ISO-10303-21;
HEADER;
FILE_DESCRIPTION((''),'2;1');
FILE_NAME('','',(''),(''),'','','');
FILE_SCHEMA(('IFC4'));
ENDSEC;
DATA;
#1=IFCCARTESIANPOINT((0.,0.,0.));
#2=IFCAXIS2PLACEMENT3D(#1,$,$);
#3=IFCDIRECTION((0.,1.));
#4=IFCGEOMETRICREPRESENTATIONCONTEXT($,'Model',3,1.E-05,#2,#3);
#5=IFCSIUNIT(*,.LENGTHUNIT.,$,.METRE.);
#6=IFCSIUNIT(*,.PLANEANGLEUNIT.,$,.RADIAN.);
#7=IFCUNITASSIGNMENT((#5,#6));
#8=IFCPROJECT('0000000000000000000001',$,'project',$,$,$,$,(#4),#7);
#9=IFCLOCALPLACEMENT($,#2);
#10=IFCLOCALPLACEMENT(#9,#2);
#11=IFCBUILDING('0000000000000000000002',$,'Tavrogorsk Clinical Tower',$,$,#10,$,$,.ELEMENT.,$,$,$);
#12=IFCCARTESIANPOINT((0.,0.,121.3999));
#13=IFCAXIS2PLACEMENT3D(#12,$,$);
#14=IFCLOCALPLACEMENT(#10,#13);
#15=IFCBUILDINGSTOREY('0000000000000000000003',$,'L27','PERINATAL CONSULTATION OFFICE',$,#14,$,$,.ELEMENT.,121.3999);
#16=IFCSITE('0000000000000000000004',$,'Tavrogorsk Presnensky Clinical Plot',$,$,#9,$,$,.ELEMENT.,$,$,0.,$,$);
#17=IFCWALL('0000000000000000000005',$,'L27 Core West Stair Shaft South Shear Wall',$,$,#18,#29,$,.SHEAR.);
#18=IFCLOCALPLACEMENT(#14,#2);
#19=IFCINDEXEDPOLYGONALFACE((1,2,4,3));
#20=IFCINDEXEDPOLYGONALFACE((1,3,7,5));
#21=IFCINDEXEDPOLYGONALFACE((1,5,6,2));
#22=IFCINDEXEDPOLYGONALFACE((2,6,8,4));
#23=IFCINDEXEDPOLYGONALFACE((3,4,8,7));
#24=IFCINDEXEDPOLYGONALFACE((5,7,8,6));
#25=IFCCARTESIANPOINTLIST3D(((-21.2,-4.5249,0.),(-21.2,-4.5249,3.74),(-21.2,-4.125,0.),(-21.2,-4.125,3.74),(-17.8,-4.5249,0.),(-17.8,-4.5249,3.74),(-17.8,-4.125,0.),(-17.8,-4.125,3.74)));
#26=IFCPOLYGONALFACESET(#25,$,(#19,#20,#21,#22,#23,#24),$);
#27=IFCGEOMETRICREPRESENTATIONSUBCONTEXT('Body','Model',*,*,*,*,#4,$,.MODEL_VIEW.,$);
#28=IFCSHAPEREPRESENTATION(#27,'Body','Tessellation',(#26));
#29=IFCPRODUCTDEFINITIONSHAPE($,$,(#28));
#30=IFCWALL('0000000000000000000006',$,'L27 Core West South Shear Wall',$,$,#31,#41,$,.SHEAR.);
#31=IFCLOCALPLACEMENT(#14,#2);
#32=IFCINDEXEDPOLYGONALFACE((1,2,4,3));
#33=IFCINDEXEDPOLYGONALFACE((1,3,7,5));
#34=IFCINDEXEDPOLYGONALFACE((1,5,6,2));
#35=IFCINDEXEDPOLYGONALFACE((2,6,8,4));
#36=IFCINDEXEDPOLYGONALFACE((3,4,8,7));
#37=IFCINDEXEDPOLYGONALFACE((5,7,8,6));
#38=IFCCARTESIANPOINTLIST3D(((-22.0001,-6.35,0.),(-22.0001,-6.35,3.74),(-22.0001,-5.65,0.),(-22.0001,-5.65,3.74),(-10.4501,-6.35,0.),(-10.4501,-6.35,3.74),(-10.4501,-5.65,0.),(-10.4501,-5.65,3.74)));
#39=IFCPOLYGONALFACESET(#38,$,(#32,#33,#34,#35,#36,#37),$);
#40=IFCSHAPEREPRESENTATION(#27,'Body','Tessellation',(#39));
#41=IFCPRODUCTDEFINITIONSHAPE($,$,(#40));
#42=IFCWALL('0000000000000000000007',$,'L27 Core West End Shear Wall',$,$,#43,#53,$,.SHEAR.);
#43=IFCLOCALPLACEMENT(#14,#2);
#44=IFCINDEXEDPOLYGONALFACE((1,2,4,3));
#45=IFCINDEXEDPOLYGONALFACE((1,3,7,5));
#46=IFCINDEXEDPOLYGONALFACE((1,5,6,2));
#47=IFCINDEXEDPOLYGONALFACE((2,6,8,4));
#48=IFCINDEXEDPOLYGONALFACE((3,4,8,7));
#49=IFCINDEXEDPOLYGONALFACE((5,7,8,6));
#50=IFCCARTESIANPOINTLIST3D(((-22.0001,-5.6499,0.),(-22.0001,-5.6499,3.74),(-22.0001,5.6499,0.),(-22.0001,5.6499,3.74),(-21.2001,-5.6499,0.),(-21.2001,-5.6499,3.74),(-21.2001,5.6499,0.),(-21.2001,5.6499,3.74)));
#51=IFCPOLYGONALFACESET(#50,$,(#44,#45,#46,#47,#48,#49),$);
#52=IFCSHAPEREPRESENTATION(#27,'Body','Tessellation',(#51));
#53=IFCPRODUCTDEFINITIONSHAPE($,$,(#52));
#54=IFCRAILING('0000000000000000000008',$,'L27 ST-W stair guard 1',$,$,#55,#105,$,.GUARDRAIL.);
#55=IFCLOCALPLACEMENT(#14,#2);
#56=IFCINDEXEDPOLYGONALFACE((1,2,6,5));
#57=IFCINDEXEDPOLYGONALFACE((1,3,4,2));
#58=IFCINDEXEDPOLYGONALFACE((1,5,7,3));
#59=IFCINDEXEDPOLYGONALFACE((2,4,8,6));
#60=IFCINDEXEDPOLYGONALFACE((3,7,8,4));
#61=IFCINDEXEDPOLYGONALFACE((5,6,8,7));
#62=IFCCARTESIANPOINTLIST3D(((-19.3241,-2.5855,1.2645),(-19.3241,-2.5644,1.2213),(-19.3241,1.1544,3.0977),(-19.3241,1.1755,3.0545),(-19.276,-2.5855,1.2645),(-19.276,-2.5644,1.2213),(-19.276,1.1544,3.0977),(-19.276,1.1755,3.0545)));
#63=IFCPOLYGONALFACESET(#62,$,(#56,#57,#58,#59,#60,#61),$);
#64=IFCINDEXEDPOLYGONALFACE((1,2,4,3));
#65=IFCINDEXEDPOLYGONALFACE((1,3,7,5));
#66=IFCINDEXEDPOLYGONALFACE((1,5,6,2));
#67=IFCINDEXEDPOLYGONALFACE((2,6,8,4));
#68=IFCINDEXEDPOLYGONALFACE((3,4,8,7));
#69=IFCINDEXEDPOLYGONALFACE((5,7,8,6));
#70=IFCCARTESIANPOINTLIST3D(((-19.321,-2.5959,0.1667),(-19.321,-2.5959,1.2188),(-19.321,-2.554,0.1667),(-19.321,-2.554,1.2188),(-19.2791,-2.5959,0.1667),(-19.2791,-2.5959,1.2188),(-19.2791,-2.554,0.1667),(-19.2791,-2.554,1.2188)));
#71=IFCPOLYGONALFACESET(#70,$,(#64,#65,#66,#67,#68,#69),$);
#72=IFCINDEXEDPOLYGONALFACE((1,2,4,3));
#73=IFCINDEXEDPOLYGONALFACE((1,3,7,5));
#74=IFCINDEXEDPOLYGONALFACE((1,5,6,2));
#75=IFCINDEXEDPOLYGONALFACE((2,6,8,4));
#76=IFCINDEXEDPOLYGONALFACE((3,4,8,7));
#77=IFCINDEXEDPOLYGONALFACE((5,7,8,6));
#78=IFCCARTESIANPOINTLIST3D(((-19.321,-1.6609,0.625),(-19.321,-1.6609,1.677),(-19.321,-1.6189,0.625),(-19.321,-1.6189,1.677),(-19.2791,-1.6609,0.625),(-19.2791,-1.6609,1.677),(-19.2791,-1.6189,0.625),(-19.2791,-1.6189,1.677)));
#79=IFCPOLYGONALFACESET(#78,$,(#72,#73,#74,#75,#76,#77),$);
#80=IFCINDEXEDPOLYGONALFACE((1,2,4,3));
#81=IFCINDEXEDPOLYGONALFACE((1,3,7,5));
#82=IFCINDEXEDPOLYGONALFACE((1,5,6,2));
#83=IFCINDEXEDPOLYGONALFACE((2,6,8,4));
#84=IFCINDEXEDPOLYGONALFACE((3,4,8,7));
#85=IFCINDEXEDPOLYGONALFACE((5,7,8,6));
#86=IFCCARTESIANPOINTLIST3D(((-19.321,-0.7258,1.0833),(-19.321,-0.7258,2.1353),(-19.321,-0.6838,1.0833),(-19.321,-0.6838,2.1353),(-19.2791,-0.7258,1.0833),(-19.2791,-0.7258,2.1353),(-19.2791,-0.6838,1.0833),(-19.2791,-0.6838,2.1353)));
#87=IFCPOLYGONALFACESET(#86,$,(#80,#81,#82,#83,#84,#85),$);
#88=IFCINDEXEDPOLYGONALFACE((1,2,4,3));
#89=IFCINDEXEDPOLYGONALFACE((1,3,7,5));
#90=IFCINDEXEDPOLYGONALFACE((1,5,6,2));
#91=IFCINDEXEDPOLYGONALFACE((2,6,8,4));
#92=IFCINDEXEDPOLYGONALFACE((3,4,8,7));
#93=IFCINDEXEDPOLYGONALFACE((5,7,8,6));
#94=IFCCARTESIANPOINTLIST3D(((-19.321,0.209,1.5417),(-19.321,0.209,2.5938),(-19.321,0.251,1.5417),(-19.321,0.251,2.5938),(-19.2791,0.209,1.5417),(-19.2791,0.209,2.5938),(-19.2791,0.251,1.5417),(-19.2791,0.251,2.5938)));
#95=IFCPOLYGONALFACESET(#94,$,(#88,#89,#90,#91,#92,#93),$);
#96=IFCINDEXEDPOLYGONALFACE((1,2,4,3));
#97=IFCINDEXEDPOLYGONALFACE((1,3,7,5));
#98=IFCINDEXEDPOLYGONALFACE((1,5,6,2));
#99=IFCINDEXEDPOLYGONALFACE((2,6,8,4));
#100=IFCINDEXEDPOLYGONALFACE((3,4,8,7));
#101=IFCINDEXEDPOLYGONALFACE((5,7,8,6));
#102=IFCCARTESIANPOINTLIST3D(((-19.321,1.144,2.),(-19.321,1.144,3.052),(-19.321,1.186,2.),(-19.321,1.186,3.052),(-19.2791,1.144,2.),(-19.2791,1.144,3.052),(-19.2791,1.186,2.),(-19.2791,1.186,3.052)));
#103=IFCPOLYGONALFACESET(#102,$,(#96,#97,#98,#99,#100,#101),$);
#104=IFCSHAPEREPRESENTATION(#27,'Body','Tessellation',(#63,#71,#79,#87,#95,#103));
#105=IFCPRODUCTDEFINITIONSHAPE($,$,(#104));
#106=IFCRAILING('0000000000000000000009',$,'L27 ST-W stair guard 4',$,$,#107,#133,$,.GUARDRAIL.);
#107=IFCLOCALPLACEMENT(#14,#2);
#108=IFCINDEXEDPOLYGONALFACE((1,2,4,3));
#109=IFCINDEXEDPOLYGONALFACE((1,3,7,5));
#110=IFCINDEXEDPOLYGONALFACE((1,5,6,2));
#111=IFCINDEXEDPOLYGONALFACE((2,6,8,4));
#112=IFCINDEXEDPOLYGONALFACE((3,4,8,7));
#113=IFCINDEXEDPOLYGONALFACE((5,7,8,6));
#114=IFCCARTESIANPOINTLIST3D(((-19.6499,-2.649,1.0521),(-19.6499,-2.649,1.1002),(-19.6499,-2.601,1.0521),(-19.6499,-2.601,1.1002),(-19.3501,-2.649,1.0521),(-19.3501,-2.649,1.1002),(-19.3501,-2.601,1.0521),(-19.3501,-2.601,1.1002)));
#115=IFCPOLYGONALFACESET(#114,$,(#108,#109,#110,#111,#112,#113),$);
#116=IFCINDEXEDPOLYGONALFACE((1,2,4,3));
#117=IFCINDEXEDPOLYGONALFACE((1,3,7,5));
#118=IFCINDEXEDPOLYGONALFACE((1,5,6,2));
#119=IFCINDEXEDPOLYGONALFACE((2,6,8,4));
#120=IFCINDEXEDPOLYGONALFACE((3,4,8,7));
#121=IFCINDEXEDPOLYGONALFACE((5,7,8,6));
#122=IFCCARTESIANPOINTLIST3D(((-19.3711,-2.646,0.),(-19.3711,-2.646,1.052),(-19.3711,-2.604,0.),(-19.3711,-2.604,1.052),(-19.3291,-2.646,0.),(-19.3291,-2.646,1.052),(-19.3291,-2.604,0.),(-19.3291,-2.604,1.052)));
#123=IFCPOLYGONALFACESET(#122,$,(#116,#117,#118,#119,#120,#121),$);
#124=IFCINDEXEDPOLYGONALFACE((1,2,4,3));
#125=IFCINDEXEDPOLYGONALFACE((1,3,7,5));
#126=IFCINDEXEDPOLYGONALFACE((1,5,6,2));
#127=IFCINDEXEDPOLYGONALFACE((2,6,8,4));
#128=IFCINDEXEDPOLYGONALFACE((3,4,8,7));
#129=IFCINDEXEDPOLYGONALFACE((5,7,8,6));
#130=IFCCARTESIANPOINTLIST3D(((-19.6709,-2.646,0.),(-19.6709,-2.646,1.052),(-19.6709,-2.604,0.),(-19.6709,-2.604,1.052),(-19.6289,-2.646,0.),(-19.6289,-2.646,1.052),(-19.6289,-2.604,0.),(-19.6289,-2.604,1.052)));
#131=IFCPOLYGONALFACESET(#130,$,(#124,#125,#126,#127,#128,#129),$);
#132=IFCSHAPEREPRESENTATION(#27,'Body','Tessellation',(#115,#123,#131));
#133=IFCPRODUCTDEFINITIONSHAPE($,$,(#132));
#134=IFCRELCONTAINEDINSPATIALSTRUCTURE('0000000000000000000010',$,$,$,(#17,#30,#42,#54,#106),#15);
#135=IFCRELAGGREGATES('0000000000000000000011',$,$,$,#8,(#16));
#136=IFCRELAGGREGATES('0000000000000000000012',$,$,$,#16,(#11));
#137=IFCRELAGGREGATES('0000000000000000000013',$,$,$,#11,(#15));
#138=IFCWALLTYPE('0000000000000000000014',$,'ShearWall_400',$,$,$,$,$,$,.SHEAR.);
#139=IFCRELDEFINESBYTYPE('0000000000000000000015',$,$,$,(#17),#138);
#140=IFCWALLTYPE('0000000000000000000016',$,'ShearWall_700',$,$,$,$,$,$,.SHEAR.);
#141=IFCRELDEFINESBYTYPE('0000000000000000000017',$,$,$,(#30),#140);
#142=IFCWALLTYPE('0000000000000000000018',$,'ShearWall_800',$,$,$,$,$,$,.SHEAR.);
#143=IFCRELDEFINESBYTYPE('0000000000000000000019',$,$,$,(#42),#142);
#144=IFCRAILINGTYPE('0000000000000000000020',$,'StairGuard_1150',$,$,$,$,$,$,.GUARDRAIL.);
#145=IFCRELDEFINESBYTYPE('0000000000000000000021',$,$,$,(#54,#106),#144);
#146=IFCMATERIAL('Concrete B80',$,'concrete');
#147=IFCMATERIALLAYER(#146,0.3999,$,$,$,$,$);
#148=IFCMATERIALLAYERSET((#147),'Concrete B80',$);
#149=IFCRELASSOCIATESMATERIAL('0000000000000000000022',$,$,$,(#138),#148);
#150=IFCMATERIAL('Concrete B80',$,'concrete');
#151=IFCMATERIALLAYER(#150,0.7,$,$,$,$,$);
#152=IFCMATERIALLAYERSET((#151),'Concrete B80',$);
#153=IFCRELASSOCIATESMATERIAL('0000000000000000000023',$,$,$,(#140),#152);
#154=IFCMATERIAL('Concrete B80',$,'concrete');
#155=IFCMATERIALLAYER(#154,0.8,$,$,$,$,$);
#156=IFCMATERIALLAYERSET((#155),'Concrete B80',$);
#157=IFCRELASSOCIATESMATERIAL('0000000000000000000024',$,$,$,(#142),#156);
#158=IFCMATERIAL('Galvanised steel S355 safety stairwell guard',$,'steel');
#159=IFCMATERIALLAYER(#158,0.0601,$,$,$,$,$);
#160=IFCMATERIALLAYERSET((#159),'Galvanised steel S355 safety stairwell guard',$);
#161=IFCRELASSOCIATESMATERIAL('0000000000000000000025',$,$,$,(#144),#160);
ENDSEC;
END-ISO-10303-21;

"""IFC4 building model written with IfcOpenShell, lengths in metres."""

from ifc_helpers import new_model, si_unit, direction, frame, frame_2d, origin, origin_2d, place, context, subcontext, project, spatial, rectangle, extrude, material, layer, layer_set, type_object, element, save


model = new_model("IFC4")

# Units and contexts
model_context = context("Model", 3, precision=1e-05, world=origin(), true_north=direction((0.0, 1.0)))
body_context = subcontext(model_context, "Body", "Model", "MODEL_VIEW")
ifc_project = project(units=[si_unit("LENGTHUNIT", "METRE"), si_unit("PLANEANGLEUNIT", "RADIAN")], contexts=[model_context])

# Site, building, storey
site_placement = place(None, origin())
site = spatial("IfcSite", under=ifc_project, at=site_placement, Name="Tavrogorsk Presnensky Clinical Plot", CompositionType="ELEMENT", RefElevation=0.0)
building_placement = place(site_placement, origin())
building = spatial("IfcBuilding", under=site, at=building_placement, Name="Tavrogorsk Clinical Tower", CompositionType="ELEMENT")
storey_placement = place(building_placement, frame((0.0, 0.0, 121.3999)))
storey = spatial("IfcBuildingStorey", under=building, at=storey_placement, Name="L27", Description="PERINATAL CONSULTATION OFFICE", CompositionType="ELEMENT", Elevation=121.3999)

# Walls
ifc_material_1 = material(Name="Concrete B80", Category="concrete")
ifc_layer_1 = layer(ifc_material_1, 0.3999)
ifc_layer_set_1 = layer_set([ifc_layer_1], Name="Concrete B80")
wall_type_1 = type_object("IfcWallType", Name="ShearWall_400", PredefinedType="SHEAR", material=ifc_layer_set_1)
wall_1_placement = place(storey_placement, frame((-21.2, -4.325, 0.0), z_axis=(0.0, 0.0, 1.0), x_axis=(1.0, 0.0, 0.0)))
element("IfcWall", 1, at=wall_1_placement, inside=storey, type_object=wall_type_1, Name="L27 Core West Stair Shaft South Shear Wall", PredefinedType="SHEAR", context=body_context, shape_type="SweptSolid", body=[
    extrude(rectangle(XDim=3.3999, YDim=0.3999, at=frame_2d((1.7, 0.0))), origin(), (0.0, 0.0, 1.0), 3.74),
])
ifc_material_2 = material(Name="Concrete B80", Category="concrete")
ifc_layer_2 = layer(ifc_material_2, 0.7)
ifc_layer_set_2 = layer_set([ifc_layer_2], Name="Concrete B80")
wall_type_2 = type_object("IfcWallType", Name="ShearWall_700", PredefinedType="SHEAR", material=ifc_layer_set_2)
wall_2_placement = place(storey_placement, frame((-22.0, -6.0, 0.0), z_axis=(0.0, 0.0, 1.0), x_axis=(1.0, 0.0, 0.0)))
element("IfcWall", 2, at=wall_2_placement, inside=storey, type_object=wall_type_2, Name="L27 Core West South Shear Wall", PredefinedType="SHEAR", context=body_context, shape_type="SweptSolid", body=[
    extrude(rectangle(XDim=11.55, YDim=0.7, at=frame_2d((5.7749, 0.0))), origin(), (0.0, 0.0, 1.0), 3.74),
])
ifc_material_3 = material(Name="Concrete B80", Category="concrete")
ifc_layer_3 = layer(ifc_material_3, 0.8)
ifc_layer_set_3 = layer_set([ifc_layer_3], Name="Concrete B80")
wall_type_3 = type_object("IfcWallType", Name="ShearWall_800", PredefinedType="SHEAR", material=ifc_layer_set_3)
wall_3_placement = place(storey_placement, frame((-21.6001, -5.6499, 0.0), z_axis=(0.0, 0.0, 1.0), x_axis=(0.0, 1.0, 0.0)))
element("IfcWall", 3, at=wall_3_placement, inside=storey, type_object=wall_type_3, Name="L27 Core West End Shear Wall", PredefinedType="SHEAR", context=body_context, shape_type="SweptSolid", body=[
    extrude(rectangle(XDim=11.2998, YDim=0.8, at=frame_2d((5.6499, 0.0))), origin(), (0.0, 0.0, 1.0), 3.74),
])

# Railings
ifc_material_4 = material(Name="Galvanised steel S355 safety stairwell guard", Category="steel")
ifc_layer_4 = layer(ifc_material_4, 0.0601)
ifc_layer_set_4 = layer_set([ifc_layer_4], Name="Galvanised steel S355 safety stairwell guard")
railing_type = type_object("IfcRailingType", Name="StairGuard_1150", PredefinedType="GUARDRAIL", material=ifc_layer_set_4)
railing_1_placement = place(storey_placement, frame((-19.3, -2.575, 0.1667)))
element("IfcRailing", 4, at=railing_1_placement, inside=storey, type_object=railing_type, Name="L27 ST-W stair guard 1", PredefinedType="GUARDRAIL", context=body_context, shape_type="SweptSolid", body=[
    extrude(rectangle(XDim=0.0481, YDim=0.0481, at=origin_2d()), frame((0.0, 0.0, 1.0762), z_axis=(0.0, 0.897928, 0.440142), x_axis=(-1.0, 0.0, 0.0)), (0.0, 0.0, 1.0), 4.165),
    extrude(rectangle(XDim=0.042, YDim=0.042, at=origin_2d()), origin(), (0.0, 0.0, 1.0), 1.052),
    extrude(rectangle(XDim=0.042, YDim=0.042, at=origin_2d()), frame((0.0, 0.9351, 0.4583)), (0.0, 0.0, 1.0), 1.052),
    extrude(rectangle(XDim=0.042, YDim=0.042, at=origin_2d()), frame((0.0, 1.8701, 0.9165)), (0.0, 0.0, 1.0), 1.052),
    extrude(rectangle(XDim=0.042, YDim=0.042, at=origin_2d()), frame((0.0, 2.8049, 1.375)), (0.0, 0.0, 1.0), 1.052),
    extrude(rectangle(XDim=0.042, YDim=0.042, at=origin_2d()), frame((0.0, 3.74, 1.8333)), (0.0, 0.0, 1.0), 1.052),
])
railing_2_placement = place(storey_placement, frame((-19.3501, -2.625, 0.0)))
element("IfcRailing", 5, at=railing_2_placement, inside=storey, type_object=railing_type, Name="L27 ST-W stair guard 4", PredefinedType="GUARDRAIL", context=body_context, shape_type="SweptSolid", body=[
    extrude(rectangle(XDim=0.0481, YDim=0.0481, at=origin_2d()), frame((0.0, 0.0, 1.0762), z_axis=(-1.0, 0.0, 0.0), x_axis=(0.0, -1.0, 0.0)), (0.0, 0.0, 1.0), 0.2998),
    extrude(rectangle(XDim=0.042, YDim=0.042, at=origin_2d()), origin(), (0.0, 0.0, 1.0), 1.052),
    extrude(rectangle(XDim=0.042, YDim=0.042, at=origin_2d()), frame((-0.2998, 0.0, 0.0)), (0.0, 0.0, 1.0), 1.052),
])

save(model, "model.ifc")
